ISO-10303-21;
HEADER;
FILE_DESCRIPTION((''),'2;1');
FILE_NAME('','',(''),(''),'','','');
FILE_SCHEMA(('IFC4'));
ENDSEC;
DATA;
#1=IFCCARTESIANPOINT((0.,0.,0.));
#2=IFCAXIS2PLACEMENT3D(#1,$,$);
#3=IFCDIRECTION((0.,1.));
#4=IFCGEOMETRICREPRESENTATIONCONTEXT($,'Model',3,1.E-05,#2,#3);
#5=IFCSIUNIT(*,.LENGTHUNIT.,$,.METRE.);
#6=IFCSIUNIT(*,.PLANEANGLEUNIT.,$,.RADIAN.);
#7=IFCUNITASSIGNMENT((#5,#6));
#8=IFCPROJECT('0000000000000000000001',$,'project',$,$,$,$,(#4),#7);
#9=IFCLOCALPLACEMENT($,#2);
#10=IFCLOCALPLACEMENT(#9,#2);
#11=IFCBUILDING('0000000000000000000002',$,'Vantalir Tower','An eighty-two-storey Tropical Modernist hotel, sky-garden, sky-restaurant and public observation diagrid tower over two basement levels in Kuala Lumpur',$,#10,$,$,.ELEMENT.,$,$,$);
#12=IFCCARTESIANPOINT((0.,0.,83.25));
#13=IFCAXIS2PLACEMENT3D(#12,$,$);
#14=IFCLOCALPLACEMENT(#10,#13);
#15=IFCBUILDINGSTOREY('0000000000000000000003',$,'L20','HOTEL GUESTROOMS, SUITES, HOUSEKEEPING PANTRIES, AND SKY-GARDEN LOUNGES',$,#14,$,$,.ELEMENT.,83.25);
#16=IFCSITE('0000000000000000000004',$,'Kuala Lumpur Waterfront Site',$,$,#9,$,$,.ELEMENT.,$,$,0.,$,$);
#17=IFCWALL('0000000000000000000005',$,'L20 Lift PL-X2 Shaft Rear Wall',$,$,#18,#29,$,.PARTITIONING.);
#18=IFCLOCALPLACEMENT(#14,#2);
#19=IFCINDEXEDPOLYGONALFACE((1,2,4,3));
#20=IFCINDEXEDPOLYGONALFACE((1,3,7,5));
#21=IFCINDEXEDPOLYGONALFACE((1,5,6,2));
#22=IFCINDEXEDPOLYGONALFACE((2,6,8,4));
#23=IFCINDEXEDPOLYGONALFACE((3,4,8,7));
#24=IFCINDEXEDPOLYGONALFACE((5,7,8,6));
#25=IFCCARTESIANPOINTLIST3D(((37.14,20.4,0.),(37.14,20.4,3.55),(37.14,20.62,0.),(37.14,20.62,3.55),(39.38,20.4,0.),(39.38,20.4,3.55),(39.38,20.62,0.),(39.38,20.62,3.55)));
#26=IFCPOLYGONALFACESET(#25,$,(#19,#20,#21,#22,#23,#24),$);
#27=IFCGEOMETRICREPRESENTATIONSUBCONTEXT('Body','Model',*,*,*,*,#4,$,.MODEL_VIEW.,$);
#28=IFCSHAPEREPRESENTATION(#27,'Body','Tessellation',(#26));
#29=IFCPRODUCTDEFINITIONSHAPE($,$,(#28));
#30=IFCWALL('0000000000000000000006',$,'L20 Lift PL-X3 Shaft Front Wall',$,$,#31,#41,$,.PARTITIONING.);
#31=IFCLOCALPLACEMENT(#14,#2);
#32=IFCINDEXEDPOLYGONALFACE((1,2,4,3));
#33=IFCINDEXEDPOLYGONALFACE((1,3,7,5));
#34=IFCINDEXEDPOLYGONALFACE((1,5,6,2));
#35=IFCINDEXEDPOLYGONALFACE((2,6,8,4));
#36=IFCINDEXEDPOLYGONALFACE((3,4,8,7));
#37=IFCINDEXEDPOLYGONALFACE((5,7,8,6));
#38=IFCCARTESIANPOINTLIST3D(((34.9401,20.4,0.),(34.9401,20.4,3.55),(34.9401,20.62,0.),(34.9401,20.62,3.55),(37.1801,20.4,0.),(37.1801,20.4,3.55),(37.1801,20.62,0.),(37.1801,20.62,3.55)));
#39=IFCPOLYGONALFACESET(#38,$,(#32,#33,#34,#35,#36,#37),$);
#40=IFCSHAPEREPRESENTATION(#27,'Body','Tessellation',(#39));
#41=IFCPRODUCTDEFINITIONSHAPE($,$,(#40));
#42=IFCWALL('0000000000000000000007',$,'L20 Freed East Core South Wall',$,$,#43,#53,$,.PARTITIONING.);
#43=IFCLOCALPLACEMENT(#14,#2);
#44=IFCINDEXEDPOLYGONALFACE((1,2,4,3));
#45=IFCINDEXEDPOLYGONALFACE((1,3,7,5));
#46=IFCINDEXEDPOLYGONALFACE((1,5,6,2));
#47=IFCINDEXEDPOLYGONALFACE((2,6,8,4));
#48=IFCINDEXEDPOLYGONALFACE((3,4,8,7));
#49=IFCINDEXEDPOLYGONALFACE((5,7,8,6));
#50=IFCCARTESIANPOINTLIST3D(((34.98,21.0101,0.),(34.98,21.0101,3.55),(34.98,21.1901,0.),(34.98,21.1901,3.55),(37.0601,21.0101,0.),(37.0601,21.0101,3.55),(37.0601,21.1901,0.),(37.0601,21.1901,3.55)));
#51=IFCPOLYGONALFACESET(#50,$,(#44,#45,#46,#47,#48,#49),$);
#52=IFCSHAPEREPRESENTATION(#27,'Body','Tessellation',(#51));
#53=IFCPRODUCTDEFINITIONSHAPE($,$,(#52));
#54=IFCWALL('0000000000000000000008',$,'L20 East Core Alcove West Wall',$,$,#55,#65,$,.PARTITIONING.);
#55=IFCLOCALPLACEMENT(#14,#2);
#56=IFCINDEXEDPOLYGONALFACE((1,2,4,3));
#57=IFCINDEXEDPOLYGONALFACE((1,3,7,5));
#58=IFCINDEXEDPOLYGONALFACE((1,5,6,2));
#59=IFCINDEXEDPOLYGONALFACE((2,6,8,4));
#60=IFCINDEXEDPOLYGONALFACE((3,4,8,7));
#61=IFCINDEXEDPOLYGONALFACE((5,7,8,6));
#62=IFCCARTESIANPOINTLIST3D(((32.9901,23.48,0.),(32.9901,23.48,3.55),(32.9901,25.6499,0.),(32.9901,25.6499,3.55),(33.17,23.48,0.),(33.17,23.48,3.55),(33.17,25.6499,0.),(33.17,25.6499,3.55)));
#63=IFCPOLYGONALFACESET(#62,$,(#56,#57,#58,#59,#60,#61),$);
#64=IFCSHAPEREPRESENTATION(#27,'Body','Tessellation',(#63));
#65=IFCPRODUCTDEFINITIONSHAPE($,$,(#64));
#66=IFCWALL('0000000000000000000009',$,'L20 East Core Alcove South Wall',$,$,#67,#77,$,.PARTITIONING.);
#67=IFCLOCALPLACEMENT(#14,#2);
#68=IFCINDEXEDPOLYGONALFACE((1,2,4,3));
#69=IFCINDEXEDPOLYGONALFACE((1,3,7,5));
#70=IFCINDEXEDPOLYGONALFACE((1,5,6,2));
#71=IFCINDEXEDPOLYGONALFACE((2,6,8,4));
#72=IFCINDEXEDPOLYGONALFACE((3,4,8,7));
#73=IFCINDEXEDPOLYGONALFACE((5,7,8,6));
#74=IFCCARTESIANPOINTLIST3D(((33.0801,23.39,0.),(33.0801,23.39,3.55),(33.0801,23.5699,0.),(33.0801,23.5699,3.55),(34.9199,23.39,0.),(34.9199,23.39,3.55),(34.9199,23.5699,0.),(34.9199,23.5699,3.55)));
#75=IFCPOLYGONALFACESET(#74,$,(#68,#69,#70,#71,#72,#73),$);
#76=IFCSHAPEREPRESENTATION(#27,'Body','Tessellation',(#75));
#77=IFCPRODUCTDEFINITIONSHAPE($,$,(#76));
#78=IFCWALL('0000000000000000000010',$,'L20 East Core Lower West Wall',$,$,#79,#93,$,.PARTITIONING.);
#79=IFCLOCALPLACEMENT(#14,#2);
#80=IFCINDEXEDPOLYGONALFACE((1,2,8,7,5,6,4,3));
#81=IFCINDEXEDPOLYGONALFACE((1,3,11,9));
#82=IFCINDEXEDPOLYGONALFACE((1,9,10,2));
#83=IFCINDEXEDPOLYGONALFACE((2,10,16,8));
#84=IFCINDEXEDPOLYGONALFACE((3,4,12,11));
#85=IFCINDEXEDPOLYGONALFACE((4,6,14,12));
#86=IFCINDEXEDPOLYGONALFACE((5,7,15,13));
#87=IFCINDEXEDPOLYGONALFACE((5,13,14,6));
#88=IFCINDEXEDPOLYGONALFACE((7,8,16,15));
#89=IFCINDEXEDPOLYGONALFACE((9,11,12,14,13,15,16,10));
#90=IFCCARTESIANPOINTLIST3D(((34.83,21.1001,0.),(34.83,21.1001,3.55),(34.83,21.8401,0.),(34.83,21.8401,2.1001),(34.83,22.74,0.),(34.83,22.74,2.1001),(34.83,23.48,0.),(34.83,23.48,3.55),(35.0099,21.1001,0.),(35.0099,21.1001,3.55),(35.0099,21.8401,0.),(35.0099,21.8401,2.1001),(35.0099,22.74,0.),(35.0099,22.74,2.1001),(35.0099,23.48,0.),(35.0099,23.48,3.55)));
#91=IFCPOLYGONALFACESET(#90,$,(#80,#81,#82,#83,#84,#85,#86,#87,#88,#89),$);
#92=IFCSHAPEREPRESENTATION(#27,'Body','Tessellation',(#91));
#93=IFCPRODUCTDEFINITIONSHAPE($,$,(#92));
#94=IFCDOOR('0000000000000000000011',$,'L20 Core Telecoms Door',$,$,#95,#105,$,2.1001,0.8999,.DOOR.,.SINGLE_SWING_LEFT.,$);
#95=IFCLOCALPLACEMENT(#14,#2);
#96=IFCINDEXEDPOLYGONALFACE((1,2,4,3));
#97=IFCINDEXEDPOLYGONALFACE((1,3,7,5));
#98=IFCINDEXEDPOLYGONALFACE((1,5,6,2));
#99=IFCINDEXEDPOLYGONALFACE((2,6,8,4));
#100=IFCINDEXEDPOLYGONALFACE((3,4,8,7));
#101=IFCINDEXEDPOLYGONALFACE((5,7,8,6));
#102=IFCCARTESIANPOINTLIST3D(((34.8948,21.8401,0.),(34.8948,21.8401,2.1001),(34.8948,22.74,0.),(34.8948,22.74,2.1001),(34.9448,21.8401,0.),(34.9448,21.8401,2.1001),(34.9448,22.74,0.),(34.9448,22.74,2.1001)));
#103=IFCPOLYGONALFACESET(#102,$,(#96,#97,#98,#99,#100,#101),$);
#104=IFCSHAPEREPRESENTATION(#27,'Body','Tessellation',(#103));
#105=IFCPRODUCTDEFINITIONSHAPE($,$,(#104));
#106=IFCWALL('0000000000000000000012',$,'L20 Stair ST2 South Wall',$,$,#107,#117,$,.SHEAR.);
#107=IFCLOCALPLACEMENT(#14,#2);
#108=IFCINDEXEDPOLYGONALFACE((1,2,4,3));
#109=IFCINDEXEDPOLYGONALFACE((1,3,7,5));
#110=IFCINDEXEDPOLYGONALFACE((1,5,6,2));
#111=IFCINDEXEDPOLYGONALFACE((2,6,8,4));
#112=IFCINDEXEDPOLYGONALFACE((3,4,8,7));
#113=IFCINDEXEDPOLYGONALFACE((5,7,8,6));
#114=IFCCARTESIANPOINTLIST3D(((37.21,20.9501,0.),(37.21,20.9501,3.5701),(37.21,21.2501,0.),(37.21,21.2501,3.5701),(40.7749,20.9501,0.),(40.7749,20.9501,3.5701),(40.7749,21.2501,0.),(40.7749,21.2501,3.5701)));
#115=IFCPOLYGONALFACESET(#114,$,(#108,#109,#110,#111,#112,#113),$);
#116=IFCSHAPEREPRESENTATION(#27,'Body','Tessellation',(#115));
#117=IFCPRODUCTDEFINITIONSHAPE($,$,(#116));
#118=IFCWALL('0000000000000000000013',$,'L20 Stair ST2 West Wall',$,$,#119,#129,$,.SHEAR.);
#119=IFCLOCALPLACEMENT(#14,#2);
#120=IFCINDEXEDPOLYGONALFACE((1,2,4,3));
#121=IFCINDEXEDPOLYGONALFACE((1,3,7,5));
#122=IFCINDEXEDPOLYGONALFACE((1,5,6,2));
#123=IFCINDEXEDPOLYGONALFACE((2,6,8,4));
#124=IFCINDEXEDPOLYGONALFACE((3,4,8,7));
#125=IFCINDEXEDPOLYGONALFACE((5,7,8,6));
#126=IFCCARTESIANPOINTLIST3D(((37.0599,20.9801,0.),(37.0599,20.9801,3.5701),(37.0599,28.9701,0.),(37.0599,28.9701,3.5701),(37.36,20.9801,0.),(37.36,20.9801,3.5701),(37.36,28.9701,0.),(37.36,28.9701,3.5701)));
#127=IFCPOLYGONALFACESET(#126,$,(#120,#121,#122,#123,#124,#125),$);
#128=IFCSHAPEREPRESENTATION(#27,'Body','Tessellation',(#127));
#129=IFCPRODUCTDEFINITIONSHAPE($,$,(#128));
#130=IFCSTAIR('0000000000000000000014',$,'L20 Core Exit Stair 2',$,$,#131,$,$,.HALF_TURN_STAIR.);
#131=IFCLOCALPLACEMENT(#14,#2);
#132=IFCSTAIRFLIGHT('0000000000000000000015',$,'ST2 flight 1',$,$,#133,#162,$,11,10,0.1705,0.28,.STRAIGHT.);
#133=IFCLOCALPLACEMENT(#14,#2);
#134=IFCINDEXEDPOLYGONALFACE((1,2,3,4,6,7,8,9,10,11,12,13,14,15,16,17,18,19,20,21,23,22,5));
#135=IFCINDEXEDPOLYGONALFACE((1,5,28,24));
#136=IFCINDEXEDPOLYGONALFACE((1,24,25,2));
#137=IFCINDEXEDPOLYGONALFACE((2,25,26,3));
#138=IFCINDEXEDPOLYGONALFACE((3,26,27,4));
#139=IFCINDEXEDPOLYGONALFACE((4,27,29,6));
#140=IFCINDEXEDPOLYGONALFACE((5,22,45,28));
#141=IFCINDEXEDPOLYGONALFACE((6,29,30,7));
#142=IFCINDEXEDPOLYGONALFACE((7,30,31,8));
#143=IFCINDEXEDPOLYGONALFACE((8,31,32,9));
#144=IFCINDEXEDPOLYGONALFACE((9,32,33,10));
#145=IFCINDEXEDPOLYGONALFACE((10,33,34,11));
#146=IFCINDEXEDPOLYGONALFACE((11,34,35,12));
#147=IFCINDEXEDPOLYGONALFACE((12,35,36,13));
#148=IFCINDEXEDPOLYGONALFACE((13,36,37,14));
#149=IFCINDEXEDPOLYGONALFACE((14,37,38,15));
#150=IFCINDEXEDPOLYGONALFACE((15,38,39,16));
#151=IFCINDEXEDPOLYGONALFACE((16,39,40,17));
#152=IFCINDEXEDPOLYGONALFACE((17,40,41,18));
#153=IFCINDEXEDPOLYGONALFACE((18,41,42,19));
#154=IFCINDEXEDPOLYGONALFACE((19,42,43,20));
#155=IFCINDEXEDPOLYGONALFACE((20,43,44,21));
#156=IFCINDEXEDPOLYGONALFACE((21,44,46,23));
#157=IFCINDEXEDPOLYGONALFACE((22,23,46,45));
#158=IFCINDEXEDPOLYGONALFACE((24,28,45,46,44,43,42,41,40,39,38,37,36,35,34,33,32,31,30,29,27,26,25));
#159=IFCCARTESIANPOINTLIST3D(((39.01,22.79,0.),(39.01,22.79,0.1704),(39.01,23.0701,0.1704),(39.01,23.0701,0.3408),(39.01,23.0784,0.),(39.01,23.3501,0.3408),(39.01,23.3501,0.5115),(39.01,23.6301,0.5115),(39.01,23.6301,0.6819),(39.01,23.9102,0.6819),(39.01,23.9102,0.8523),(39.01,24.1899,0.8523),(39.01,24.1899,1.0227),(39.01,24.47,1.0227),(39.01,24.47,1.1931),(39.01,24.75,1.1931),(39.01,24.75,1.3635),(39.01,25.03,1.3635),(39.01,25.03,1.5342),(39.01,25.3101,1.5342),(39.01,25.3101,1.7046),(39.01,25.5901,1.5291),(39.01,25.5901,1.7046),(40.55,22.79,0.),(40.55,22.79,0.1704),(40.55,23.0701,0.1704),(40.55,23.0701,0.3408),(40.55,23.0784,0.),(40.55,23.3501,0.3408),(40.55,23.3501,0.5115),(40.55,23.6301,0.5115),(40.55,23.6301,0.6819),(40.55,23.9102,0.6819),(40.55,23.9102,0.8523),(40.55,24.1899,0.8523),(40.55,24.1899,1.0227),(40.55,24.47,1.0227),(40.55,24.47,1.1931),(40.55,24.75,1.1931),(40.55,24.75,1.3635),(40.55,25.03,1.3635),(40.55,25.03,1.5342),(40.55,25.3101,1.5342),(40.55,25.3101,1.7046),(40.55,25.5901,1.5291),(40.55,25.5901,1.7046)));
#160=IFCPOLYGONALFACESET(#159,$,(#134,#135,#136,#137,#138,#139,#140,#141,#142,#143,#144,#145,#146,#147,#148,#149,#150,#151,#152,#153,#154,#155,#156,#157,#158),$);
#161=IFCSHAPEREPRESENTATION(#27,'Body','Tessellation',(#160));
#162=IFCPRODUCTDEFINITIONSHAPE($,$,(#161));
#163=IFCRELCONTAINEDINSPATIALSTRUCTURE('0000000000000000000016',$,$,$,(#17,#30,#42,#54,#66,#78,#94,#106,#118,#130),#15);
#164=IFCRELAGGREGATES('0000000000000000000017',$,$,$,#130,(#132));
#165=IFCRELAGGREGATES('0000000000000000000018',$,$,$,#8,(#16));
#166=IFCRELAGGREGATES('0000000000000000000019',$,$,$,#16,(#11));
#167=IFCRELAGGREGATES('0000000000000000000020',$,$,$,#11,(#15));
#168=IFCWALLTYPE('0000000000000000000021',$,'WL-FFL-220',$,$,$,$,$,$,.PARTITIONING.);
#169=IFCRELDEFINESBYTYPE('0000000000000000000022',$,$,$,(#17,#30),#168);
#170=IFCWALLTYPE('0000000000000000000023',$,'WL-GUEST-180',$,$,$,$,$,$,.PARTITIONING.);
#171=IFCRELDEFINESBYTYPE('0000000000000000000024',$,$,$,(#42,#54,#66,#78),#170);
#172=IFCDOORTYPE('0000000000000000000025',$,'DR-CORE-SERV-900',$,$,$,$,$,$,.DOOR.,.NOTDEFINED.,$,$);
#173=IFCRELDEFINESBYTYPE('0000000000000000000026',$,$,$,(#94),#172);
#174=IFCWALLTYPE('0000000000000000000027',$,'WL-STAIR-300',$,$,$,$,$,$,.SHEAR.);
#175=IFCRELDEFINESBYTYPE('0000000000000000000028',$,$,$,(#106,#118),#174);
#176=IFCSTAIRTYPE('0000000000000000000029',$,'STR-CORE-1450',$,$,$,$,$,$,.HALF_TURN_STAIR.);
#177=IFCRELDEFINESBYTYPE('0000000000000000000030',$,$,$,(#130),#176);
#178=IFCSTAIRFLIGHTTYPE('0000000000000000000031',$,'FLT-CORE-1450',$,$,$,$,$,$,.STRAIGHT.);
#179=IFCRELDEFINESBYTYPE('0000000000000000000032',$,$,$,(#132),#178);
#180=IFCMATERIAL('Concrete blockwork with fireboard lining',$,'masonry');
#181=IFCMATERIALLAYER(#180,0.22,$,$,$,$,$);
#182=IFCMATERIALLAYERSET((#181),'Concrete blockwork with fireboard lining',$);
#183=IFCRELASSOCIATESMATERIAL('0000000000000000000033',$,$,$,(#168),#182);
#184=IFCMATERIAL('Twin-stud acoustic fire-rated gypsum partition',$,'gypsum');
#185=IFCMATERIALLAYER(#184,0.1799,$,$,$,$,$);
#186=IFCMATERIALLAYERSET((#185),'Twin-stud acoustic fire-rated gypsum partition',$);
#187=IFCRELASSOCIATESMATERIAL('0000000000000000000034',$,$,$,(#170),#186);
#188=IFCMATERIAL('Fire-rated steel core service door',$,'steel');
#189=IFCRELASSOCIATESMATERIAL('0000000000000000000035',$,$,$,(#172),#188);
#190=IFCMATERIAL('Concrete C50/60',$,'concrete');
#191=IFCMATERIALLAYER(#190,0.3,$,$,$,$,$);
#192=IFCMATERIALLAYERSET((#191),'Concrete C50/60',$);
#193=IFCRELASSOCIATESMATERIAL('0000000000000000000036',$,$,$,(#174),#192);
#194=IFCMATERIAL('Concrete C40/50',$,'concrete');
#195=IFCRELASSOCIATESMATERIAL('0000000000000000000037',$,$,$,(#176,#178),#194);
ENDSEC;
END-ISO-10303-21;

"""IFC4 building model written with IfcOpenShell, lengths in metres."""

from ifc_helpers import new_model, si_unit, direction, frame, frame_2d, origin, place, context, subcontext, project, spatial, polyline, rectangle, outline, extrude, material, layer, layer_set, type_object, element, fill, aggregate, save


model = new_model("IFC4")

# Units and contexts
model_context = context("Model", 3, precision=1e-05, world=origin(), true_north=direction((0.0, 1.0)))
body_context = subcontext(model_context, "Body", "Model", "MODEL_VIEW")
ifc_project = project(units=[si_unit("LENGTHUNIT", "METRE"), si_unit("PLANEANGLEUNIT", "RADIAN")], contexts=[model_context])

# Site, building, storey
site_placement = place(None, origin())
site = spatial("IfcSite", under=ifc_project, at=site_placement, Name="Kuala Lumpur Waterfront Site", CompositionType="ELEMENT", RefElevation=0.0)
building_placement = place(site_placement, origin())
building = spatial("IfcBuilding", under=site, at=building_placement, Name="Vantalir Tower", Description="An eighty-two-storey Tropical Modernist hotel, sky-garden, sky-restaurant and public observation diagrid tower over two basement levels in Kuala Lumpur", CompositionType="ELEMENT")
storey_placement = place(building_placement, frame((0.0, 0.0, 83.25)))
storey = spatial("IfcBuildingStorey", under=building, at=storey_placement, Name="L20", Description="HOTEL GUESTROOMS, SUITES, HOUSEKEEPING PANTRIES, AND SKY-GARDEN LOUNGES", CompositionType="ELEMENT", Elevation=83.25)

# Walls
ifc_material_1 = material(Name="Concrete blockwork with fireboard lining", Category="masonry")
ifc_layer_1 = layer(ifc_material_1, 0.22)
ifc_layer_set_1 = layer_set([ifc_layer_1], Name="Concrete blockwork with fireboard lining")
wall_type_1 = type_object("IfcWallType", Name="WL-FFL-220", PredefinedType="PARTITIONING", material=ifc_layer_set_1)
for number, where, z_axis, x_axis, name in (
    (1, (37.1399, 20.51, 0.0), (0.0, 0.0, 1.0), (1.0, 0.0, 0.0), "L20 Lift PL-X2 Shaft Rear Wall"),
    (2, (34.9399, 20.51, 0.0), (0.0, 0.0, 1.0), (1.0, 0.0, 0.0), "L20 Lift PL-X3 Shaft Front Wall"),
):
    element("IfcWall", number, at=place(storey_placement, frame(where, z_axis=z_axis, x_axis=x_axis)), inside=storey, type_object=wall_type_1, Name=name, PredefinedType="PARTITIONING", context=body_context, shape_type="SweptSolid", body=[
        extrude(rectangle(XDim=2.24, YDim=0.22, at=frame_2d((1.1201, 0.0))), origin(), (0.0, 0.0, 1.0), 3.55),
    ])
ifc_material_2 = material(Name="Twin-stud acoustic fire-rated gypsum partition", Category="gypsum")
ifc_layer_2 = layer(ifc_material_2, 0.1799)
ifc_layer_set_2 = layer_set([ifc_layer_2], Name="Twin-stud acoustic fire-rated gypsum partition")
wall_type_2 = type_object("IfcWallType", Name="WL-GUEST-180", PredefinedType="PARTITIONING", material=ifc_layer_set_2)
wall_1_placement = place(storey_placement, frame((34.98, 21.1001, 0.0), z_axis=(0.0, 0.0, 1.0), x_axis=(1.0, 0.0, 0.0)))
element("IfcWall", 3, at=wall_1_placement, inside=storey, type_object=wall_type_2, Name="L20 Freed East Core South Wall", PredefinedType="PARTITIONING", context=body_context, shape_type="SweptSolid", body=[
    extrude(rectangle(XDim=2.0801, YDim=0.1799, at=frame_2d((1.04, 0.0))), origin(), (0.0, 0.0, 1.0), 3.55),
])
wall_2_placement = place(storey_placement, frame((33.0801, 23.48, 0.0), z_axis=(0.0, 0.0, 1.0), x_axis=(0.0, 1.0, 0.0)))
element("IfcWall", 4, at=wall_2_placement, inside=storey, type_object=wall_type_2, Name="L20 East Core Alcove West Wall", PredefinedType="PARTITIONING", context=body_context, shape_type="SweptSolid", body=[
    extrude(rectangle(XDim=2.1699, YDim=0.1799, at=frame_2d((1.085, 0.0))), origin(), (0.0, 0.0, 1.0), 3.55),
])
wall_3_placement = place(storey_placement, frame((33.0801, 23.48, 0.0), z_axis=(0.0, 0.0, 1.0), x_axis=(1.0, 0.0, 0.0)))
element("IfcWall", 5, at=wall_3_placement, inside=storey, type_object=wall_type_2, Name="L20 East Core Alcove South Wall", PredefinedType="PARTITIONING", context=body_context, shape_type="SweptSolid", body=[
    extrude(rectangle(XDim=1.8398, YDim=0.1799, at=frame_2d((0.9199, 0.0))), origin(), (0.0, 0.0, 1.0), 3.55),
])

# Wall, opening, door
wall_4_placement = place(storey_placement, frame((34.9199, 21.1001, 0.0), z_axis=(0.0, 0.0, 1.0), x_axis=(0.0, 1.0, 0.0)))
wall_4 = element("IfcWall", 6, at=wall_4_placement, inside=storey, type_object=wall_type_2, Name="L20 East Core Lower West Wall", PredefinedType="PARTITIONING", context=body_context, shape_type="SweptSolid", body=[
    extrude(rectangle(XDim=2.3799, YDim=0.1799, at=frame_2d((1.1899, 0.0))), origin(), (0.0, 0.0, 1.0), 3.55),
])
opening_1_placement = place(wall_4_placement, frame((0.74, 0.0, 0.0)))
opening_1 = element("IfcOpeningElement", 7, at=opening_1_placement, cuts=wall_4, PredefinedType="OPENING", context=body_context, shape_type="SweptSolid", body=[
    extrude(rectangle(XDim=0.8999, YDim=2.1001, at=frame_2d((0.45, 1.05))), frame((0.0, 0.0999, 0.0), z_axis=(0.0, -1.0, 0.0), x_axis=(1.0, 0.0, 0.0)), (0.0, 0.0, 1.0), 0.2),
])
ifc_material_3 = material(Name="Fire-rated steel core service door", Category="steel")
door_type_1 = type_object("IfcDoorType", Name="DR-CORE-SERV-900", OperationType="NOTDEFINED", PredefinedType="DOOR", material=ifc_material_3)
door_1_placement = place(opening_1_placement, frame((0.8999, 0.0, 0.0), z_axis=(0.0, 0.0, 1.0), x_axis=(-1.0, 0.0, 0.0)))
door_1 = element("IfcDoor", 8, at=door_1_placement, inside=storey, type_object=door_type_1, Name="L20 Core Telecoms Door", OperationType="SINGLE_SWING_LEFT", OverallHeight=2.1001, OverallWidth=0.8999, PredefinedType="DOOR", context=body_context, shape_type="SweptSolid", body=[
    extrude(rectangle(XDim=0.8999, YDim=2.1001, at=frame_2d((0.45, 1.05))), frame((0.0, 0.0249, 0.0), z_axis=(0.0, -1.0, 0.0), x_axis=(1.0, 0.0, 0.0)), (0.0, 0.0, 1.0), 0.05),
])
fill(opening_1, door_1)

# Walls
ifc_material_4 = material(Name="Concrete C50/60", Category="concrete")
ifc_layer_3 = layer(ifc_material_4, 0.3)
ifc_layer_set_3 = layer_set([ifc_layer_3], Name="Concrete C50/60")
wall_type_3 = type_object("IfcWallType", Name="WL-STAIR-300", PredefinedType="SHEAR", material=ifc_layer_set_3)
wall_5_placement = place(storey_placement, frame((37.21, 21.1001, 0.0), z_axis=(0.0, 0.0, 1.0), x_axis=(1.0, 0.0, 0.0)))
element("IfcWall", 9, at=wall_5_placement, inside=storey, type_object=wall_type_3, Name="L20 Stair ST2 South Wall", PredefinedType="SHEAR", context=body_context, shape_type="SweptSolid", body=[
    extrude(rectangle(XDim=3.5649, YDim=0.3, at=frame_2d((1.7825, 0.0))), origin(), (0.0, 0.0, 1.0), 3.5701),
])
wall_6_placement = place(storey_placement, frame((37.21, 20.98, 0.0), z_axis=(0.0, 0.0, 1.0), x_axis=(0.0, 1.0, 0.0)))
element("IfcWall", 10, at=wall_6_placement, inside=storey, type_object=wall_type_3, Name="L20 Stair ST2 West Wall", PredefinedType="SHEAR", context=body_context, shape_type="SweptSolid", body=[
    extrude(rectangle(XDim=7.99, YDim=0.3, at=frame_2d((3.9951, 0.0))), origin(), (0.0, 0.0, 1.0), 3.5701),
])

# Stair, stair flight
ifc_material_5 = material(Name="Concrete C40/50", Category="concrete")
stair_type = type_object("IfcStairType", Name="STR-CORE-1450", PredefinedType="HALF_TURN_STAIR", material=ifc_material_5)
stair_placement = place(storey_placement, origin())
stair = element("IfcStair", 11, at=stair_placement, inside=storey, type_object=stair_type, Name="L20 Core Exit Stair 2", PredefinedType="HALF_TURN_STAIR")
stair_flight_type = type_object("IfcStairFlightType", Name="FLT-CORE-1450", PredefinedType="STRAIGHT", material=ifc_material_5)
stair_flight_placement = place(storey_placement, frame((39.78, 22.79, 0.0), z_axis=(0.0, 0.0, 1.0), x_axis=(0.0, 1.0, 0.0)))
stair_flight = element("IfcStairFlight", 12, at=stair_flight_placement, type_object=stair_flight_type, Name="ST2 flight 1", NumberOfRisers=11, NumberOfTreads=10, PredefinedType="STRAIGHT", RiserHeight=0.1705, TreadLength=0.28, context=body_context, shape_type="SweptSolid", body=[
    extrude(outline(polyline([(0.0, 0.0), (0.0, 0.1704), (0.28, 0.1704), (0.28, 0.3408), (0.5601, 0.3408), (0.5601, 0.5115), (0.8401, 0.5115), (0.8401, 0.6819), (1.1201, 0.6819), (1.1201, 0.8523), (1.3999, 0.8523), (1.3999, 1.0227), (1.6799, 1.0227), (1.6799, 1.1931), (1.96, 1.1931), (1.96, 1.3635), (2.24, 1.3635), (2.24, 1.5342), (2.52, 1.5342), (2.52, 1.7046), (2.8, 1.7046), (2.8, 1.875), (2.8, 1.5291), (0.2883, 0.0), (0.0, 0.0)])), frame((0.0, 0.77, 0.0), z_axis=(0.0, -1.0, 0.0), x_axis=(1.0, 0.0, 0.0)), (0.0, 0.0, 1.0), 1.54),
])
aggregate(stair, [stair_flight])

save(model, "model.ifc")
